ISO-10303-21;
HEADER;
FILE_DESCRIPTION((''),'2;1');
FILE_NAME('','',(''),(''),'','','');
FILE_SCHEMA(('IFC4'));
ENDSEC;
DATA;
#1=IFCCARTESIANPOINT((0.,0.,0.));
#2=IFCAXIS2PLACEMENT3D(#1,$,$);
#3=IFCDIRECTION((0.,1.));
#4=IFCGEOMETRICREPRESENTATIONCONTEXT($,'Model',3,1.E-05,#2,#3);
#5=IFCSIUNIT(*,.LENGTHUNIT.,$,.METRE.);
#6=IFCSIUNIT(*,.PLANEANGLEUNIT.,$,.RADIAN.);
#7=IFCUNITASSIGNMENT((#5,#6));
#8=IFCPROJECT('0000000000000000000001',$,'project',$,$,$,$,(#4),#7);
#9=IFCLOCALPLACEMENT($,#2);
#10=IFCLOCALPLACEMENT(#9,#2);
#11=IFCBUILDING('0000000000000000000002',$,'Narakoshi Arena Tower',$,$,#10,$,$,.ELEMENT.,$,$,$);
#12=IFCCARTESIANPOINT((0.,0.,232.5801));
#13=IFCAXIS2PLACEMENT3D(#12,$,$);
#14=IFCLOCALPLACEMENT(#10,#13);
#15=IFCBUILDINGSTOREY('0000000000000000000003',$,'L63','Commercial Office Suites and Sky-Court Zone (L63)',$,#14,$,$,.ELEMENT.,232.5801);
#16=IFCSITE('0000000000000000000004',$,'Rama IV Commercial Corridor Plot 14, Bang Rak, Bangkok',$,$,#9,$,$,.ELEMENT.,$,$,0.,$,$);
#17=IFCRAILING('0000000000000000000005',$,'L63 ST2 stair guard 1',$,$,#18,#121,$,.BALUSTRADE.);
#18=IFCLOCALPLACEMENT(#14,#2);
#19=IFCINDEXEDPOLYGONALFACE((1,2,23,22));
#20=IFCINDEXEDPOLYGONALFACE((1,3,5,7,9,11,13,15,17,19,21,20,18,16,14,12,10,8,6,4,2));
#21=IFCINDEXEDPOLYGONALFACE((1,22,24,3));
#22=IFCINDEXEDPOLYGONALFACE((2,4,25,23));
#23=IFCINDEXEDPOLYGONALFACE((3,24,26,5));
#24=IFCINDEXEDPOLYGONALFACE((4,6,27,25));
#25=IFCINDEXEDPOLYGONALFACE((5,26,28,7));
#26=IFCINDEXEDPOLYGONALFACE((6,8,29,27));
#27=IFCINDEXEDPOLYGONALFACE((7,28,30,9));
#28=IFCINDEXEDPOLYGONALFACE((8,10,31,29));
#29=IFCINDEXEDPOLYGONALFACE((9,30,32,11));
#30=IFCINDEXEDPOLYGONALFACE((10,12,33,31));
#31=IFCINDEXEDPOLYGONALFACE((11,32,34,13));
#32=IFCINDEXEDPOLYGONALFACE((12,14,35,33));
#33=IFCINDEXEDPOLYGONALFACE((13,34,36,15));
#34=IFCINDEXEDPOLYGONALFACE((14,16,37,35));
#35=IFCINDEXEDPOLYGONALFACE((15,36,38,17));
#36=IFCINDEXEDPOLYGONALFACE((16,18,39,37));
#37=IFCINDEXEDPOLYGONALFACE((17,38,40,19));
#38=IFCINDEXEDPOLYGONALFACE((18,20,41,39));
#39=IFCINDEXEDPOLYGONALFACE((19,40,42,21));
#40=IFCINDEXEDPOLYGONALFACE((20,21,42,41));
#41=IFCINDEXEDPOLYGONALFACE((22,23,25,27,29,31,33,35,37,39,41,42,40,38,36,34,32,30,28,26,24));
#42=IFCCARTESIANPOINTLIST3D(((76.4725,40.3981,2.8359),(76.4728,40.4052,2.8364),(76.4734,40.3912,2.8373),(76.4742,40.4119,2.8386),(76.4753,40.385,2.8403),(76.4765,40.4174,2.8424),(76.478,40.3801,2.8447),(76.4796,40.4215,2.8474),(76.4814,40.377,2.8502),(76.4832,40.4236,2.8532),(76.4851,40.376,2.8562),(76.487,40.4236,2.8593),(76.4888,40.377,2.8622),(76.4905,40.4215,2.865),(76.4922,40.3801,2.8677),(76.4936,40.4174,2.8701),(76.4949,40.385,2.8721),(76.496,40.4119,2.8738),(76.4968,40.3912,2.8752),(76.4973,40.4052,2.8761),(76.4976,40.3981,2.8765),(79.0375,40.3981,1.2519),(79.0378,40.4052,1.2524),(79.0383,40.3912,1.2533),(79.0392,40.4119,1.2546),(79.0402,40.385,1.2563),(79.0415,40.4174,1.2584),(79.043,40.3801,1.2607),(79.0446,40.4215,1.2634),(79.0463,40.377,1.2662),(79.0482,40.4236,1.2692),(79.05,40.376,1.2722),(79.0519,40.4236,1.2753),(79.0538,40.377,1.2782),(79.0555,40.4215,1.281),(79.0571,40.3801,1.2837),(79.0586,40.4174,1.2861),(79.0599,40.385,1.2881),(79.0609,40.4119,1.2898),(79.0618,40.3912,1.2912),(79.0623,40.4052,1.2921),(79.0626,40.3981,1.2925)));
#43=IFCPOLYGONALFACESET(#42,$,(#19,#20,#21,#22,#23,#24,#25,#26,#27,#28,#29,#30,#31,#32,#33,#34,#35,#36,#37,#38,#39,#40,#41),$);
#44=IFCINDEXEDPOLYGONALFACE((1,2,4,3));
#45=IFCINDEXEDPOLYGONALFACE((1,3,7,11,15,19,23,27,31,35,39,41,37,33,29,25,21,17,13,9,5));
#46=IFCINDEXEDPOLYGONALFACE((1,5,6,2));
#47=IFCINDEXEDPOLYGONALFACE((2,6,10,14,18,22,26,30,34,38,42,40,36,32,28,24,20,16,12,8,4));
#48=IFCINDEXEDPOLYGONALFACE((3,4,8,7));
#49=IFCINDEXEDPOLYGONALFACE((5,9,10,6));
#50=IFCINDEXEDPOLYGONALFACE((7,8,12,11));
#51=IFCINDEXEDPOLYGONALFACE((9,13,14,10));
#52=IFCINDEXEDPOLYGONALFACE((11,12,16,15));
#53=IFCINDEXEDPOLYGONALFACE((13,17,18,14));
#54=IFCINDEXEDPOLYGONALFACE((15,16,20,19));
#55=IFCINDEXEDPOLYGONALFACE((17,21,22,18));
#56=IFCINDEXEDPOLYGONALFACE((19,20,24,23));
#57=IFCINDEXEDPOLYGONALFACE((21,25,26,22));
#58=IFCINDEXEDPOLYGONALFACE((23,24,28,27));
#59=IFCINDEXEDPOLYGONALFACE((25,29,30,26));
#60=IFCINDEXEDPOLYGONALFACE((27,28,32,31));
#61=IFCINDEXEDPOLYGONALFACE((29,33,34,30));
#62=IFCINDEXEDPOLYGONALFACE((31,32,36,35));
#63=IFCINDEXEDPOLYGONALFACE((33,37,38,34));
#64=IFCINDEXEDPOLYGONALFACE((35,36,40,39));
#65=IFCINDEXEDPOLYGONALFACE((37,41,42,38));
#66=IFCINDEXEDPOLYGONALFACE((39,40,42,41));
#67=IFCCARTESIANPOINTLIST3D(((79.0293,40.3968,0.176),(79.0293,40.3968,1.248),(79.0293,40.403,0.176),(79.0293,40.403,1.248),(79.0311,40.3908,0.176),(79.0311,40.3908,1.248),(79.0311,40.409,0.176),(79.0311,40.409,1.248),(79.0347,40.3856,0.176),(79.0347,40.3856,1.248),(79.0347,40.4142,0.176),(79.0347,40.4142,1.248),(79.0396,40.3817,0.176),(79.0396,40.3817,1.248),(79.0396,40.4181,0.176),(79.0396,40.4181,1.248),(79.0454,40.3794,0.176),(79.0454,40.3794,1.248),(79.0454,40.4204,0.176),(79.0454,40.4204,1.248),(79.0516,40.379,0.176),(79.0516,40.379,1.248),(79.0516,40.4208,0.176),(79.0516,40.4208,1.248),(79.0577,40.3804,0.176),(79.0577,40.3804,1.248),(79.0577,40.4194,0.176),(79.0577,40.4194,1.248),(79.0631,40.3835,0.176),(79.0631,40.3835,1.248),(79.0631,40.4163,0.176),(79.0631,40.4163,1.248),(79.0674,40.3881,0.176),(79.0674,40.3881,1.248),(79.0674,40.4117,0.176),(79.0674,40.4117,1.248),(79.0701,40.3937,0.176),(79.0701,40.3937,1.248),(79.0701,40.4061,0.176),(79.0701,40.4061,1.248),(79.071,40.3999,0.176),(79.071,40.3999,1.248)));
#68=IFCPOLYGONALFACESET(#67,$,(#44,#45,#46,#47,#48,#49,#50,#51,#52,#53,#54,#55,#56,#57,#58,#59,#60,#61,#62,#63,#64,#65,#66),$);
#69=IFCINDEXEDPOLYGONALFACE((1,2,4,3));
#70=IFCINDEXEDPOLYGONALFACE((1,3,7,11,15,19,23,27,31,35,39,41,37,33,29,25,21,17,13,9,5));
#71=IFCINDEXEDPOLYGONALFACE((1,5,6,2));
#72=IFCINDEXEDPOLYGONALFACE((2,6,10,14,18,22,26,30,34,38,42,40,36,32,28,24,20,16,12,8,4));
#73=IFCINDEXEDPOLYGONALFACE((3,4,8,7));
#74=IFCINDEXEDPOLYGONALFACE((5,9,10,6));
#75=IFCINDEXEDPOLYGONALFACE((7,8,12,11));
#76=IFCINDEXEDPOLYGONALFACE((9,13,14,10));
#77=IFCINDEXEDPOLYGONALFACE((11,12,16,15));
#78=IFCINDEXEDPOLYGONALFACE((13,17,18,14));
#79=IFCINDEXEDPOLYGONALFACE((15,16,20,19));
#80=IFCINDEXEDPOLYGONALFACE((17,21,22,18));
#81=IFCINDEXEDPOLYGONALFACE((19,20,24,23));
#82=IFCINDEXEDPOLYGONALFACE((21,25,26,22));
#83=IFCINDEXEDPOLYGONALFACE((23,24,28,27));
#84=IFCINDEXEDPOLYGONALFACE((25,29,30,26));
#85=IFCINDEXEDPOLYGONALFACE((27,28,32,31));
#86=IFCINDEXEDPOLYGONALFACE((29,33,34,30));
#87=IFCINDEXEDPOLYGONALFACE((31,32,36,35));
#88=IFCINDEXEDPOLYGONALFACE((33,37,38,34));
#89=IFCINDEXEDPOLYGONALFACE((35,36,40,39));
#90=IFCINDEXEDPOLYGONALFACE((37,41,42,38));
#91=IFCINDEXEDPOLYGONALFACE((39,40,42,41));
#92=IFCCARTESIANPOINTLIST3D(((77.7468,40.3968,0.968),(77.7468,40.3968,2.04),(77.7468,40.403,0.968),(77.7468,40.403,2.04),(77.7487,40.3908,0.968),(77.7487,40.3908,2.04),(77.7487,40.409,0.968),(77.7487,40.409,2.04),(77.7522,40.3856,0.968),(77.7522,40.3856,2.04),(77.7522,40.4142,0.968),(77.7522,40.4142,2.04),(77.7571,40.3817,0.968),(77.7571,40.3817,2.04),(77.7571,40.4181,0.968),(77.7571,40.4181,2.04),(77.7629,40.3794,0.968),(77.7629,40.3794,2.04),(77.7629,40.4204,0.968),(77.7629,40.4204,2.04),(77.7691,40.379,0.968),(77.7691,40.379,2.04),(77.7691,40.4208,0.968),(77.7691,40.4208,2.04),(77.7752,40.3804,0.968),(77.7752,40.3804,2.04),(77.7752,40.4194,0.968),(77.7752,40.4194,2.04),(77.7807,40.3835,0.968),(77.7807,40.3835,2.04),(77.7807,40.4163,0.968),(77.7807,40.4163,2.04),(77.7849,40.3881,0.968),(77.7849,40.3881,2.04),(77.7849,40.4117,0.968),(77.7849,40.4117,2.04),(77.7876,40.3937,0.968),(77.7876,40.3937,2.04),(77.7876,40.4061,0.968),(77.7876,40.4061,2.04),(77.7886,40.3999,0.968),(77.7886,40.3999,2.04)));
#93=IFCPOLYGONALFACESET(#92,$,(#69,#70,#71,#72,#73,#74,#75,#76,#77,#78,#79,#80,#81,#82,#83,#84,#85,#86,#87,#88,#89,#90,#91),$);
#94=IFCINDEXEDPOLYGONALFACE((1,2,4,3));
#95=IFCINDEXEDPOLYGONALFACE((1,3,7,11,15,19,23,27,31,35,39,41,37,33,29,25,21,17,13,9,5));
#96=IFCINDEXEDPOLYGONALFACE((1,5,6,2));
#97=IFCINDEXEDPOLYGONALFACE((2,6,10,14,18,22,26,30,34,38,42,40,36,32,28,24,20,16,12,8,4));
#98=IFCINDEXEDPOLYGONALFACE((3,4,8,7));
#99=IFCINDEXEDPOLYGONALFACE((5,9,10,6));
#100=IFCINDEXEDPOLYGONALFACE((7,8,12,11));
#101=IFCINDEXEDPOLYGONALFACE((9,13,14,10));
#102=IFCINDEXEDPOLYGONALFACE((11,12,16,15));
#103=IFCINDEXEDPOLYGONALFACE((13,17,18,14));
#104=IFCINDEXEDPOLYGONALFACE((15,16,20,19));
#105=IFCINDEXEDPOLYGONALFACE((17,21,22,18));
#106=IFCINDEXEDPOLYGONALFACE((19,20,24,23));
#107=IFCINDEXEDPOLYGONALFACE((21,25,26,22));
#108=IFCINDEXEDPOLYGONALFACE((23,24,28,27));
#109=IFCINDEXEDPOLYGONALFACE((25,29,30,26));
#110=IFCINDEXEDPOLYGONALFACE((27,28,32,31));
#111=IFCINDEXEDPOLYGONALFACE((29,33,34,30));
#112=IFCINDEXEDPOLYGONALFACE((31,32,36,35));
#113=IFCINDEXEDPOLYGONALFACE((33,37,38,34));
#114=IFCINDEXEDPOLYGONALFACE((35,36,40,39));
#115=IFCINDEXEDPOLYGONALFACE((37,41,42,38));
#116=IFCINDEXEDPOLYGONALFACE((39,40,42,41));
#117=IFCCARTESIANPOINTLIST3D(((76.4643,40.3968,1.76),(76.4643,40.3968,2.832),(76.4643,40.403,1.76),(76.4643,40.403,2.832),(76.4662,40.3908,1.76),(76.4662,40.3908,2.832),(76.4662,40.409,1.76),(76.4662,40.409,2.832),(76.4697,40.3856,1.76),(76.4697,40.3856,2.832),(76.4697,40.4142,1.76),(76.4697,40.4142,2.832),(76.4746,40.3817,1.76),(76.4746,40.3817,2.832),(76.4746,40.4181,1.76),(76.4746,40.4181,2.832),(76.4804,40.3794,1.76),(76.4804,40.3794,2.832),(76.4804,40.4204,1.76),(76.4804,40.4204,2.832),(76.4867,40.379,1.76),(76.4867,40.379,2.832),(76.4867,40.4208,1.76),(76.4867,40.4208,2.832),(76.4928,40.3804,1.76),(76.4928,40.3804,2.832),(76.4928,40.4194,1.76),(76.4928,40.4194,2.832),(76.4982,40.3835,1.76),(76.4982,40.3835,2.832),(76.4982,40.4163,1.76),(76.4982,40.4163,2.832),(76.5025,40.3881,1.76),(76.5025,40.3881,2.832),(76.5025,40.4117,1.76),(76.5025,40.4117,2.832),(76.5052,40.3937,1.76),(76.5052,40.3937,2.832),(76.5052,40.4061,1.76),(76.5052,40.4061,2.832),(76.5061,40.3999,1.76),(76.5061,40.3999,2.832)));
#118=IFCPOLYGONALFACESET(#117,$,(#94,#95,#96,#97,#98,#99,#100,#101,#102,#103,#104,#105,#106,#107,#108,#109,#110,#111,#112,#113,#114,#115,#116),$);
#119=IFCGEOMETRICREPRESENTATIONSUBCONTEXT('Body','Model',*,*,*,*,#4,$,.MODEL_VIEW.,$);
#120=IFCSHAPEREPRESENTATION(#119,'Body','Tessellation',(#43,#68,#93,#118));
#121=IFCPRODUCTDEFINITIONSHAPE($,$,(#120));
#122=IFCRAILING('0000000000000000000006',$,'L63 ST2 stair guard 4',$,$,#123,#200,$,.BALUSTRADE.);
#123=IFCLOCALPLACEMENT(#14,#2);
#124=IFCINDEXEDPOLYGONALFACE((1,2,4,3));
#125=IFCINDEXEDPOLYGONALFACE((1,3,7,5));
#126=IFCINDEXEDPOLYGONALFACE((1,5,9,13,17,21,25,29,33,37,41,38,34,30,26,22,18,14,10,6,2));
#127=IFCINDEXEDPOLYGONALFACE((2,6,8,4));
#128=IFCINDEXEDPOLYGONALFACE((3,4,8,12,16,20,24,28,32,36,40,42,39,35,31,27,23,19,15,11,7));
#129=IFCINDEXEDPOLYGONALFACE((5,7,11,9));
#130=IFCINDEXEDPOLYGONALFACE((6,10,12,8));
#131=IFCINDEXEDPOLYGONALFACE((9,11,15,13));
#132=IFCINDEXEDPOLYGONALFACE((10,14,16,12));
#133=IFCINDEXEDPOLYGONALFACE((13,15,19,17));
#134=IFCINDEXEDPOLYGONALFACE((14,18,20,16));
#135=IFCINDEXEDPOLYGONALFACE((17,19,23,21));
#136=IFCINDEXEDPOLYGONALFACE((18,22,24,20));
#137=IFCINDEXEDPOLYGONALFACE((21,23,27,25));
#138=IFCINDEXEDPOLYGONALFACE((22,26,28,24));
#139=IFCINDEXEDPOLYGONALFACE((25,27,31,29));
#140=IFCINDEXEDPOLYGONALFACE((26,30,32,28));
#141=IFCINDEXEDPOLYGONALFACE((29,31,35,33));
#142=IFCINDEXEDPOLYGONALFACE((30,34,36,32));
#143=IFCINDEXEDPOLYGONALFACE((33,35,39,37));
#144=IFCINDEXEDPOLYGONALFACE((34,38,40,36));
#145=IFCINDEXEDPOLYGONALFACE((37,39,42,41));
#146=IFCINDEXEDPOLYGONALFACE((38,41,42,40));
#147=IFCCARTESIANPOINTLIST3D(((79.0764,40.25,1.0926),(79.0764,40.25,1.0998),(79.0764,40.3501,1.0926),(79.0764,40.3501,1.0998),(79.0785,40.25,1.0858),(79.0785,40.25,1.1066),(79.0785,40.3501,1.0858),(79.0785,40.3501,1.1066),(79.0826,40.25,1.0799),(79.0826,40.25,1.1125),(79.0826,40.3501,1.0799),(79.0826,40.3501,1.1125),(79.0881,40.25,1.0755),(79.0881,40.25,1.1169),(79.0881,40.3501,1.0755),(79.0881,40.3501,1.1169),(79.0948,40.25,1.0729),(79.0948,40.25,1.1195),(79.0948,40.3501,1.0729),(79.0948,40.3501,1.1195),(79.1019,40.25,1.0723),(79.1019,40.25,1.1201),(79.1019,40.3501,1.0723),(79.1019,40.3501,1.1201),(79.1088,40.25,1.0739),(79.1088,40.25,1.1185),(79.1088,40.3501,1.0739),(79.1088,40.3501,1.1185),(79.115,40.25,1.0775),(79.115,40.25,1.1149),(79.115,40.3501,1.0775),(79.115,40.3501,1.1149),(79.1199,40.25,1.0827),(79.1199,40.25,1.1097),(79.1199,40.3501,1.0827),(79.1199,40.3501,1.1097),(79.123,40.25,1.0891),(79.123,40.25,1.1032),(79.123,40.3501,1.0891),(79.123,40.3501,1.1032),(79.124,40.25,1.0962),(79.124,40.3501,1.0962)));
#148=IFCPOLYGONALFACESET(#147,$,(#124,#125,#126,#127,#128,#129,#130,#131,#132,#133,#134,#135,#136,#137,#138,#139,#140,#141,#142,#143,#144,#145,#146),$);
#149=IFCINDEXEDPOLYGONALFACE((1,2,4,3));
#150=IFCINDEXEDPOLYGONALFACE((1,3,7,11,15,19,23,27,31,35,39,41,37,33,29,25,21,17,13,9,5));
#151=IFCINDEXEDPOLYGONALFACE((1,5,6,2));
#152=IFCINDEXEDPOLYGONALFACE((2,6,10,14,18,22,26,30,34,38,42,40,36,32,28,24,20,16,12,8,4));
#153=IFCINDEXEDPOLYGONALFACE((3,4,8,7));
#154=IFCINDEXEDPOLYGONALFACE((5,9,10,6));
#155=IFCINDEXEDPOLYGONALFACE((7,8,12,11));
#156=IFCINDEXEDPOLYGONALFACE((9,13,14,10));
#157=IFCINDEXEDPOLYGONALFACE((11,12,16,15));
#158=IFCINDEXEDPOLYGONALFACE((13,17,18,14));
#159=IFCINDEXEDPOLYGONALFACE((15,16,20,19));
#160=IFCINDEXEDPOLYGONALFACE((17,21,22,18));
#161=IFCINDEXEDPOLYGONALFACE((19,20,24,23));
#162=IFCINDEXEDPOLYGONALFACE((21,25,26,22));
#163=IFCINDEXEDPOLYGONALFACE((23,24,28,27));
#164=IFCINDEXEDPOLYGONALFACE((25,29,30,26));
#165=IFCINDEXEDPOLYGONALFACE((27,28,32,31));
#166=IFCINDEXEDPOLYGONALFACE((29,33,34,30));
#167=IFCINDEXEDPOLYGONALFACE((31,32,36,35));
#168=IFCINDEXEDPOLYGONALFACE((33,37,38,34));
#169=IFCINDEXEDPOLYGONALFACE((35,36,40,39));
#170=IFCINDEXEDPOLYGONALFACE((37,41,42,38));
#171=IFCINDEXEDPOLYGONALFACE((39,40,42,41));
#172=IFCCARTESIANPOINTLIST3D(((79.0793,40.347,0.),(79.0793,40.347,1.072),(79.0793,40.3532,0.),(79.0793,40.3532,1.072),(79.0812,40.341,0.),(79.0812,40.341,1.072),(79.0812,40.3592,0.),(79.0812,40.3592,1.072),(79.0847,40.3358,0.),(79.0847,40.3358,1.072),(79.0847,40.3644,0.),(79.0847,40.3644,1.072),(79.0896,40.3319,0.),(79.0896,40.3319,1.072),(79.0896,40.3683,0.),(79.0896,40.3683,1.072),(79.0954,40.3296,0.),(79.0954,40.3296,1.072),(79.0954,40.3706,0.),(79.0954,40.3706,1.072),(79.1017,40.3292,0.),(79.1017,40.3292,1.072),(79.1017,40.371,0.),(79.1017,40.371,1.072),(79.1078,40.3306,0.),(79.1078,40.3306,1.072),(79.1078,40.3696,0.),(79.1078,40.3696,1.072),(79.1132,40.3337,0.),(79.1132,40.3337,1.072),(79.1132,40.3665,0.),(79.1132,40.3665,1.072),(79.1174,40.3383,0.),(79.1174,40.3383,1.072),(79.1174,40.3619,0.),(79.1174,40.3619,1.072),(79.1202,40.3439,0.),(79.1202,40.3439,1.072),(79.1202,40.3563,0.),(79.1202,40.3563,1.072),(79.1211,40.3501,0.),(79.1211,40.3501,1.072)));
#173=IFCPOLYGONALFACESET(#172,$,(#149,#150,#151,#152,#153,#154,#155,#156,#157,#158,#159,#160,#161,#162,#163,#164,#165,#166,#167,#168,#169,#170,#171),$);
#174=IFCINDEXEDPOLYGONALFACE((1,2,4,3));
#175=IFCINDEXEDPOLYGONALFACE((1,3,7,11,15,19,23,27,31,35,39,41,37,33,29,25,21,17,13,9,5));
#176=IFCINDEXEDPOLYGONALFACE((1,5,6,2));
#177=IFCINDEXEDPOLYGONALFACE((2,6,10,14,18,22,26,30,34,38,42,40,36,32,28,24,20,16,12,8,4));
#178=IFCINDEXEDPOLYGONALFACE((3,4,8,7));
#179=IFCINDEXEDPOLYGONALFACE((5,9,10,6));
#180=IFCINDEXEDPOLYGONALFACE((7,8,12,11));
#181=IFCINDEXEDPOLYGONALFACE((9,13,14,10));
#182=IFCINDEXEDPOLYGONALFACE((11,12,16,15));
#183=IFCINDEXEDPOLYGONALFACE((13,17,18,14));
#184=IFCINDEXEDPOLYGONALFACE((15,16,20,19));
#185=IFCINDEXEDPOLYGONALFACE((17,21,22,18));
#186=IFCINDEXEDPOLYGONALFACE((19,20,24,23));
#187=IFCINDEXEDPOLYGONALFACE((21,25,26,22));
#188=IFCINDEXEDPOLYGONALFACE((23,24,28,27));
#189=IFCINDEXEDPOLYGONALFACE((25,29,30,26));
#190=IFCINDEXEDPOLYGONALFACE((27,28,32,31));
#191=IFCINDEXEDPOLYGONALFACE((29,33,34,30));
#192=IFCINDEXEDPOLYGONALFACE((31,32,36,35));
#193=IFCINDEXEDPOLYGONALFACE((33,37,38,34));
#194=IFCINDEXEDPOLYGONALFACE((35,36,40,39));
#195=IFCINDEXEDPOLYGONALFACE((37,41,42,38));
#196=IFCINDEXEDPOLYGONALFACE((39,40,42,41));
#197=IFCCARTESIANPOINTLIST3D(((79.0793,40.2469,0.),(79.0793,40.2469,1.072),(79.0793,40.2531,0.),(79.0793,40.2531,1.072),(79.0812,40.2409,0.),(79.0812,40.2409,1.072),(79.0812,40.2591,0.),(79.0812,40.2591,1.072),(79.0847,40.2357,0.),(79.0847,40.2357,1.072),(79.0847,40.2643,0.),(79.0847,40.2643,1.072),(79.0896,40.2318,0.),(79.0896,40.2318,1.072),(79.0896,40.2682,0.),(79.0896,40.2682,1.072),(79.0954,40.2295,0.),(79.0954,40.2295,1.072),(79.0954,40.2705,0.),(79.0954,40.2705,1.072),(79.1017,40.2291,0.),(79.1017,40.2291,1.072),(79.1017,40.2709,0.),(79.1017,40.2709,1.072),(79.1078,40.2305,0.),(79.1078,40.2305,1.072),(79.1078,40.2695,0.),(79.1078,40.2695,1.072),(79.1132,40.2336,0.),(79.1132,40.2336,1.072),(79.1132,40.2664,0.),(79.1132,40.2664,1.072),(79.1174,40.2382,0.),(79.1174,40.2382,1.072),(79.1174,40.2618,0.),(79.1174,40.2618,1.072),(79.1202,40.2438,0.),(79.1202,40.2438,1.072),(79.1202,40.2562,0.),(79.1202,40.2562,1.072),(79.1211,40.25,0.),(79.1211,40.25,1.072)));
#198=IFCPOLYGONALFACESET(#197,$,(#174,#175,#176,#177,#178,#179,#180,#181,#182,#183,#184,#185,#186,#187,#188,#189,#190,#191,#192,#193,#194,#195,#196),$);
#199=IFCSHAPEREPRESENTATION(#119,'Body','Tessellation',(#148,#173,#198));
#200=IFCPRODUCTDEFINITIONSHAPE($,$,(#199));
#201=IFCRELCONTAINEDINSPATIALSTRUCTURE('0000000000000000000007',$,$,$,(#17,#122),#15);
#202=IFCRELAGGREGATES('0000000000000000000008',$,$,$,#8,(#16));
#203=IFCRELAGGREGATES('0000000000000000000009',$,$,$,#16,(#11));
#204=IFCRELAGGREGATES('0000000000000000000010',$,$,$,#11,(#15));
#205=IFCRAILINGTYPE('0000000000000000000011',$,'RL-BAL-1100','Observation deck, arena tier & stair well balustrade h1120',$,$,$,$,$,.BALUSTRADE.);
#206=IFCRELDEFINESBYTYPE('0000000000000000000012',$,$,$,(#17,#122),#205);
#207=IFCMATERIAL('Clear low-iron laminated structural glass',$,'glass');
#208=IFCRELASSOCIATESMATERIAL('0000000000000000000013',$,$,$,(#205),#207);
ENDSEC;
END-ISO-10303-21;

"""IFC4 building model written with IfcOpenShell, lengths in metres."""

from ifc_helpers import new_model, si_unit, direction, frame, origin, origin_2d, place, context, subcontext, project, spatial, circle, extrude, material, type_object, element, save


model = new_model("IFC4")

# Units and contexts
model_context = context("Model", 3, precision=1e-05, world=origin(), true_north=direction((0.0, 1.0)))
body_context = subcontext(model_context, "Body", "Model", "MODEL_VIEW")
ifc_project = project(units=[si_unit("LENGTHUNIT", "METRE"), si_unit("PLANEANGLEUNIT", "RADIAN")], contexts=[model_context])

# Site, building, storey
site_placement = place(None, origin())
site = spatial("IfcSite", under=ifc_project, at=site_placement, Name="Rama IV Commercial Corridor Plot 14, Bang Rak, Bangkok", CompositionType="ELEMENT", RefElevation=0.0)
building_placement = place(site_placement, origin())
building = spatial("IfcBuilding", under=site, at=building_placement, Name="Narakoshi Arena Tower", CompositionType="ELEMENT")
storey_placement = place(building_placement, frame((0.0, 0.0, 232.5801)))
storey = spatial("IfcBuildingStorey", under=building, at=storey_placement, Name="L63", Description="Commercial Office Suites and Sky-Court Zone (L63)", CompositionType="ELEMENT", Elevation=232.5801)

# Railings
ifc_material_1 = material(Name="Clear low-iron laminated structural glass", Category="glass")
railing_type_1 = type_object("IfcRailingType", Name="RL-BAL-1100", Description="Observation deck, arena tier & stair well balustrade h1120", PredefinedType="BALUSTRADE", material=ifc_material_1)
railing_1_placement = place(storey_placement, frame((79.05, 40.3999, 0.176)))
element("IfcRailing", 1, at=railing_1_placement, inside=storey, type_object=railing_type_1, Name="L63 ST2 stair guard 1", PredefinedType="BALUSTRADE", context=body_context, shape_type="SweptSolid", body=[
    extrude(circle(Radius=0.0239, at=origin_2d()), frame((0.0, 0.0, 1.0962), z_axis=(-0.850834, 0.0, 0.525434), x_axis=(0.0, -1.0, 0.0)), (0.0, 0.0, 1.0), 3.0146),
    extrude(circle(Radius=0.021, at=origin_2d()), origin(), (0.0, 0.0, 1.0), 1.072),
    extrude(circle(Radius=0.021, at=origin_2d()), frame((-1.2825, 0.0, 0.792)), (0.0, 0.0, 1.0), 1.072),
    extrude(circle(Radius=0.021, at=origin_2d()), frame((-2.5649, 0.0, 1.584)), (0.0, 0.0, 1.0), 1.072),
])
railing_2_placement = place(storey_placement, frame((79.1001, 40.3501, 0.0)))
element("IfcRailing", 2, at=railing_2_placement, inside=storey, type_object=railing_type_1, Name="L63 ST2 stair guard 4", PredefinedType="BALUSTRADE", context=body_context, shape_type="SweptSolid", body=[
    extrude(circle(Radius=0.0239, at=origin_2d()), frame((0.0, 0.0, 1.0962), z_axis=(0.0, -1.0, 0.0), x_axis=(1.0, 0.0, 0.0)), (0.0, 0.0, 1.0), 0.1001),
    extrude(circle(Radius=0.021, at=origin_2d()), origin(), (0.0, 0.0, 1.0), 1.072),
    extrude(circle(Radius=0.021, at=origin_2d()), frame((0.0, -0.1001, 0.0)), (0.0, 0.0, 1.0), 1.072),
])

save(model, "model.ifc")
